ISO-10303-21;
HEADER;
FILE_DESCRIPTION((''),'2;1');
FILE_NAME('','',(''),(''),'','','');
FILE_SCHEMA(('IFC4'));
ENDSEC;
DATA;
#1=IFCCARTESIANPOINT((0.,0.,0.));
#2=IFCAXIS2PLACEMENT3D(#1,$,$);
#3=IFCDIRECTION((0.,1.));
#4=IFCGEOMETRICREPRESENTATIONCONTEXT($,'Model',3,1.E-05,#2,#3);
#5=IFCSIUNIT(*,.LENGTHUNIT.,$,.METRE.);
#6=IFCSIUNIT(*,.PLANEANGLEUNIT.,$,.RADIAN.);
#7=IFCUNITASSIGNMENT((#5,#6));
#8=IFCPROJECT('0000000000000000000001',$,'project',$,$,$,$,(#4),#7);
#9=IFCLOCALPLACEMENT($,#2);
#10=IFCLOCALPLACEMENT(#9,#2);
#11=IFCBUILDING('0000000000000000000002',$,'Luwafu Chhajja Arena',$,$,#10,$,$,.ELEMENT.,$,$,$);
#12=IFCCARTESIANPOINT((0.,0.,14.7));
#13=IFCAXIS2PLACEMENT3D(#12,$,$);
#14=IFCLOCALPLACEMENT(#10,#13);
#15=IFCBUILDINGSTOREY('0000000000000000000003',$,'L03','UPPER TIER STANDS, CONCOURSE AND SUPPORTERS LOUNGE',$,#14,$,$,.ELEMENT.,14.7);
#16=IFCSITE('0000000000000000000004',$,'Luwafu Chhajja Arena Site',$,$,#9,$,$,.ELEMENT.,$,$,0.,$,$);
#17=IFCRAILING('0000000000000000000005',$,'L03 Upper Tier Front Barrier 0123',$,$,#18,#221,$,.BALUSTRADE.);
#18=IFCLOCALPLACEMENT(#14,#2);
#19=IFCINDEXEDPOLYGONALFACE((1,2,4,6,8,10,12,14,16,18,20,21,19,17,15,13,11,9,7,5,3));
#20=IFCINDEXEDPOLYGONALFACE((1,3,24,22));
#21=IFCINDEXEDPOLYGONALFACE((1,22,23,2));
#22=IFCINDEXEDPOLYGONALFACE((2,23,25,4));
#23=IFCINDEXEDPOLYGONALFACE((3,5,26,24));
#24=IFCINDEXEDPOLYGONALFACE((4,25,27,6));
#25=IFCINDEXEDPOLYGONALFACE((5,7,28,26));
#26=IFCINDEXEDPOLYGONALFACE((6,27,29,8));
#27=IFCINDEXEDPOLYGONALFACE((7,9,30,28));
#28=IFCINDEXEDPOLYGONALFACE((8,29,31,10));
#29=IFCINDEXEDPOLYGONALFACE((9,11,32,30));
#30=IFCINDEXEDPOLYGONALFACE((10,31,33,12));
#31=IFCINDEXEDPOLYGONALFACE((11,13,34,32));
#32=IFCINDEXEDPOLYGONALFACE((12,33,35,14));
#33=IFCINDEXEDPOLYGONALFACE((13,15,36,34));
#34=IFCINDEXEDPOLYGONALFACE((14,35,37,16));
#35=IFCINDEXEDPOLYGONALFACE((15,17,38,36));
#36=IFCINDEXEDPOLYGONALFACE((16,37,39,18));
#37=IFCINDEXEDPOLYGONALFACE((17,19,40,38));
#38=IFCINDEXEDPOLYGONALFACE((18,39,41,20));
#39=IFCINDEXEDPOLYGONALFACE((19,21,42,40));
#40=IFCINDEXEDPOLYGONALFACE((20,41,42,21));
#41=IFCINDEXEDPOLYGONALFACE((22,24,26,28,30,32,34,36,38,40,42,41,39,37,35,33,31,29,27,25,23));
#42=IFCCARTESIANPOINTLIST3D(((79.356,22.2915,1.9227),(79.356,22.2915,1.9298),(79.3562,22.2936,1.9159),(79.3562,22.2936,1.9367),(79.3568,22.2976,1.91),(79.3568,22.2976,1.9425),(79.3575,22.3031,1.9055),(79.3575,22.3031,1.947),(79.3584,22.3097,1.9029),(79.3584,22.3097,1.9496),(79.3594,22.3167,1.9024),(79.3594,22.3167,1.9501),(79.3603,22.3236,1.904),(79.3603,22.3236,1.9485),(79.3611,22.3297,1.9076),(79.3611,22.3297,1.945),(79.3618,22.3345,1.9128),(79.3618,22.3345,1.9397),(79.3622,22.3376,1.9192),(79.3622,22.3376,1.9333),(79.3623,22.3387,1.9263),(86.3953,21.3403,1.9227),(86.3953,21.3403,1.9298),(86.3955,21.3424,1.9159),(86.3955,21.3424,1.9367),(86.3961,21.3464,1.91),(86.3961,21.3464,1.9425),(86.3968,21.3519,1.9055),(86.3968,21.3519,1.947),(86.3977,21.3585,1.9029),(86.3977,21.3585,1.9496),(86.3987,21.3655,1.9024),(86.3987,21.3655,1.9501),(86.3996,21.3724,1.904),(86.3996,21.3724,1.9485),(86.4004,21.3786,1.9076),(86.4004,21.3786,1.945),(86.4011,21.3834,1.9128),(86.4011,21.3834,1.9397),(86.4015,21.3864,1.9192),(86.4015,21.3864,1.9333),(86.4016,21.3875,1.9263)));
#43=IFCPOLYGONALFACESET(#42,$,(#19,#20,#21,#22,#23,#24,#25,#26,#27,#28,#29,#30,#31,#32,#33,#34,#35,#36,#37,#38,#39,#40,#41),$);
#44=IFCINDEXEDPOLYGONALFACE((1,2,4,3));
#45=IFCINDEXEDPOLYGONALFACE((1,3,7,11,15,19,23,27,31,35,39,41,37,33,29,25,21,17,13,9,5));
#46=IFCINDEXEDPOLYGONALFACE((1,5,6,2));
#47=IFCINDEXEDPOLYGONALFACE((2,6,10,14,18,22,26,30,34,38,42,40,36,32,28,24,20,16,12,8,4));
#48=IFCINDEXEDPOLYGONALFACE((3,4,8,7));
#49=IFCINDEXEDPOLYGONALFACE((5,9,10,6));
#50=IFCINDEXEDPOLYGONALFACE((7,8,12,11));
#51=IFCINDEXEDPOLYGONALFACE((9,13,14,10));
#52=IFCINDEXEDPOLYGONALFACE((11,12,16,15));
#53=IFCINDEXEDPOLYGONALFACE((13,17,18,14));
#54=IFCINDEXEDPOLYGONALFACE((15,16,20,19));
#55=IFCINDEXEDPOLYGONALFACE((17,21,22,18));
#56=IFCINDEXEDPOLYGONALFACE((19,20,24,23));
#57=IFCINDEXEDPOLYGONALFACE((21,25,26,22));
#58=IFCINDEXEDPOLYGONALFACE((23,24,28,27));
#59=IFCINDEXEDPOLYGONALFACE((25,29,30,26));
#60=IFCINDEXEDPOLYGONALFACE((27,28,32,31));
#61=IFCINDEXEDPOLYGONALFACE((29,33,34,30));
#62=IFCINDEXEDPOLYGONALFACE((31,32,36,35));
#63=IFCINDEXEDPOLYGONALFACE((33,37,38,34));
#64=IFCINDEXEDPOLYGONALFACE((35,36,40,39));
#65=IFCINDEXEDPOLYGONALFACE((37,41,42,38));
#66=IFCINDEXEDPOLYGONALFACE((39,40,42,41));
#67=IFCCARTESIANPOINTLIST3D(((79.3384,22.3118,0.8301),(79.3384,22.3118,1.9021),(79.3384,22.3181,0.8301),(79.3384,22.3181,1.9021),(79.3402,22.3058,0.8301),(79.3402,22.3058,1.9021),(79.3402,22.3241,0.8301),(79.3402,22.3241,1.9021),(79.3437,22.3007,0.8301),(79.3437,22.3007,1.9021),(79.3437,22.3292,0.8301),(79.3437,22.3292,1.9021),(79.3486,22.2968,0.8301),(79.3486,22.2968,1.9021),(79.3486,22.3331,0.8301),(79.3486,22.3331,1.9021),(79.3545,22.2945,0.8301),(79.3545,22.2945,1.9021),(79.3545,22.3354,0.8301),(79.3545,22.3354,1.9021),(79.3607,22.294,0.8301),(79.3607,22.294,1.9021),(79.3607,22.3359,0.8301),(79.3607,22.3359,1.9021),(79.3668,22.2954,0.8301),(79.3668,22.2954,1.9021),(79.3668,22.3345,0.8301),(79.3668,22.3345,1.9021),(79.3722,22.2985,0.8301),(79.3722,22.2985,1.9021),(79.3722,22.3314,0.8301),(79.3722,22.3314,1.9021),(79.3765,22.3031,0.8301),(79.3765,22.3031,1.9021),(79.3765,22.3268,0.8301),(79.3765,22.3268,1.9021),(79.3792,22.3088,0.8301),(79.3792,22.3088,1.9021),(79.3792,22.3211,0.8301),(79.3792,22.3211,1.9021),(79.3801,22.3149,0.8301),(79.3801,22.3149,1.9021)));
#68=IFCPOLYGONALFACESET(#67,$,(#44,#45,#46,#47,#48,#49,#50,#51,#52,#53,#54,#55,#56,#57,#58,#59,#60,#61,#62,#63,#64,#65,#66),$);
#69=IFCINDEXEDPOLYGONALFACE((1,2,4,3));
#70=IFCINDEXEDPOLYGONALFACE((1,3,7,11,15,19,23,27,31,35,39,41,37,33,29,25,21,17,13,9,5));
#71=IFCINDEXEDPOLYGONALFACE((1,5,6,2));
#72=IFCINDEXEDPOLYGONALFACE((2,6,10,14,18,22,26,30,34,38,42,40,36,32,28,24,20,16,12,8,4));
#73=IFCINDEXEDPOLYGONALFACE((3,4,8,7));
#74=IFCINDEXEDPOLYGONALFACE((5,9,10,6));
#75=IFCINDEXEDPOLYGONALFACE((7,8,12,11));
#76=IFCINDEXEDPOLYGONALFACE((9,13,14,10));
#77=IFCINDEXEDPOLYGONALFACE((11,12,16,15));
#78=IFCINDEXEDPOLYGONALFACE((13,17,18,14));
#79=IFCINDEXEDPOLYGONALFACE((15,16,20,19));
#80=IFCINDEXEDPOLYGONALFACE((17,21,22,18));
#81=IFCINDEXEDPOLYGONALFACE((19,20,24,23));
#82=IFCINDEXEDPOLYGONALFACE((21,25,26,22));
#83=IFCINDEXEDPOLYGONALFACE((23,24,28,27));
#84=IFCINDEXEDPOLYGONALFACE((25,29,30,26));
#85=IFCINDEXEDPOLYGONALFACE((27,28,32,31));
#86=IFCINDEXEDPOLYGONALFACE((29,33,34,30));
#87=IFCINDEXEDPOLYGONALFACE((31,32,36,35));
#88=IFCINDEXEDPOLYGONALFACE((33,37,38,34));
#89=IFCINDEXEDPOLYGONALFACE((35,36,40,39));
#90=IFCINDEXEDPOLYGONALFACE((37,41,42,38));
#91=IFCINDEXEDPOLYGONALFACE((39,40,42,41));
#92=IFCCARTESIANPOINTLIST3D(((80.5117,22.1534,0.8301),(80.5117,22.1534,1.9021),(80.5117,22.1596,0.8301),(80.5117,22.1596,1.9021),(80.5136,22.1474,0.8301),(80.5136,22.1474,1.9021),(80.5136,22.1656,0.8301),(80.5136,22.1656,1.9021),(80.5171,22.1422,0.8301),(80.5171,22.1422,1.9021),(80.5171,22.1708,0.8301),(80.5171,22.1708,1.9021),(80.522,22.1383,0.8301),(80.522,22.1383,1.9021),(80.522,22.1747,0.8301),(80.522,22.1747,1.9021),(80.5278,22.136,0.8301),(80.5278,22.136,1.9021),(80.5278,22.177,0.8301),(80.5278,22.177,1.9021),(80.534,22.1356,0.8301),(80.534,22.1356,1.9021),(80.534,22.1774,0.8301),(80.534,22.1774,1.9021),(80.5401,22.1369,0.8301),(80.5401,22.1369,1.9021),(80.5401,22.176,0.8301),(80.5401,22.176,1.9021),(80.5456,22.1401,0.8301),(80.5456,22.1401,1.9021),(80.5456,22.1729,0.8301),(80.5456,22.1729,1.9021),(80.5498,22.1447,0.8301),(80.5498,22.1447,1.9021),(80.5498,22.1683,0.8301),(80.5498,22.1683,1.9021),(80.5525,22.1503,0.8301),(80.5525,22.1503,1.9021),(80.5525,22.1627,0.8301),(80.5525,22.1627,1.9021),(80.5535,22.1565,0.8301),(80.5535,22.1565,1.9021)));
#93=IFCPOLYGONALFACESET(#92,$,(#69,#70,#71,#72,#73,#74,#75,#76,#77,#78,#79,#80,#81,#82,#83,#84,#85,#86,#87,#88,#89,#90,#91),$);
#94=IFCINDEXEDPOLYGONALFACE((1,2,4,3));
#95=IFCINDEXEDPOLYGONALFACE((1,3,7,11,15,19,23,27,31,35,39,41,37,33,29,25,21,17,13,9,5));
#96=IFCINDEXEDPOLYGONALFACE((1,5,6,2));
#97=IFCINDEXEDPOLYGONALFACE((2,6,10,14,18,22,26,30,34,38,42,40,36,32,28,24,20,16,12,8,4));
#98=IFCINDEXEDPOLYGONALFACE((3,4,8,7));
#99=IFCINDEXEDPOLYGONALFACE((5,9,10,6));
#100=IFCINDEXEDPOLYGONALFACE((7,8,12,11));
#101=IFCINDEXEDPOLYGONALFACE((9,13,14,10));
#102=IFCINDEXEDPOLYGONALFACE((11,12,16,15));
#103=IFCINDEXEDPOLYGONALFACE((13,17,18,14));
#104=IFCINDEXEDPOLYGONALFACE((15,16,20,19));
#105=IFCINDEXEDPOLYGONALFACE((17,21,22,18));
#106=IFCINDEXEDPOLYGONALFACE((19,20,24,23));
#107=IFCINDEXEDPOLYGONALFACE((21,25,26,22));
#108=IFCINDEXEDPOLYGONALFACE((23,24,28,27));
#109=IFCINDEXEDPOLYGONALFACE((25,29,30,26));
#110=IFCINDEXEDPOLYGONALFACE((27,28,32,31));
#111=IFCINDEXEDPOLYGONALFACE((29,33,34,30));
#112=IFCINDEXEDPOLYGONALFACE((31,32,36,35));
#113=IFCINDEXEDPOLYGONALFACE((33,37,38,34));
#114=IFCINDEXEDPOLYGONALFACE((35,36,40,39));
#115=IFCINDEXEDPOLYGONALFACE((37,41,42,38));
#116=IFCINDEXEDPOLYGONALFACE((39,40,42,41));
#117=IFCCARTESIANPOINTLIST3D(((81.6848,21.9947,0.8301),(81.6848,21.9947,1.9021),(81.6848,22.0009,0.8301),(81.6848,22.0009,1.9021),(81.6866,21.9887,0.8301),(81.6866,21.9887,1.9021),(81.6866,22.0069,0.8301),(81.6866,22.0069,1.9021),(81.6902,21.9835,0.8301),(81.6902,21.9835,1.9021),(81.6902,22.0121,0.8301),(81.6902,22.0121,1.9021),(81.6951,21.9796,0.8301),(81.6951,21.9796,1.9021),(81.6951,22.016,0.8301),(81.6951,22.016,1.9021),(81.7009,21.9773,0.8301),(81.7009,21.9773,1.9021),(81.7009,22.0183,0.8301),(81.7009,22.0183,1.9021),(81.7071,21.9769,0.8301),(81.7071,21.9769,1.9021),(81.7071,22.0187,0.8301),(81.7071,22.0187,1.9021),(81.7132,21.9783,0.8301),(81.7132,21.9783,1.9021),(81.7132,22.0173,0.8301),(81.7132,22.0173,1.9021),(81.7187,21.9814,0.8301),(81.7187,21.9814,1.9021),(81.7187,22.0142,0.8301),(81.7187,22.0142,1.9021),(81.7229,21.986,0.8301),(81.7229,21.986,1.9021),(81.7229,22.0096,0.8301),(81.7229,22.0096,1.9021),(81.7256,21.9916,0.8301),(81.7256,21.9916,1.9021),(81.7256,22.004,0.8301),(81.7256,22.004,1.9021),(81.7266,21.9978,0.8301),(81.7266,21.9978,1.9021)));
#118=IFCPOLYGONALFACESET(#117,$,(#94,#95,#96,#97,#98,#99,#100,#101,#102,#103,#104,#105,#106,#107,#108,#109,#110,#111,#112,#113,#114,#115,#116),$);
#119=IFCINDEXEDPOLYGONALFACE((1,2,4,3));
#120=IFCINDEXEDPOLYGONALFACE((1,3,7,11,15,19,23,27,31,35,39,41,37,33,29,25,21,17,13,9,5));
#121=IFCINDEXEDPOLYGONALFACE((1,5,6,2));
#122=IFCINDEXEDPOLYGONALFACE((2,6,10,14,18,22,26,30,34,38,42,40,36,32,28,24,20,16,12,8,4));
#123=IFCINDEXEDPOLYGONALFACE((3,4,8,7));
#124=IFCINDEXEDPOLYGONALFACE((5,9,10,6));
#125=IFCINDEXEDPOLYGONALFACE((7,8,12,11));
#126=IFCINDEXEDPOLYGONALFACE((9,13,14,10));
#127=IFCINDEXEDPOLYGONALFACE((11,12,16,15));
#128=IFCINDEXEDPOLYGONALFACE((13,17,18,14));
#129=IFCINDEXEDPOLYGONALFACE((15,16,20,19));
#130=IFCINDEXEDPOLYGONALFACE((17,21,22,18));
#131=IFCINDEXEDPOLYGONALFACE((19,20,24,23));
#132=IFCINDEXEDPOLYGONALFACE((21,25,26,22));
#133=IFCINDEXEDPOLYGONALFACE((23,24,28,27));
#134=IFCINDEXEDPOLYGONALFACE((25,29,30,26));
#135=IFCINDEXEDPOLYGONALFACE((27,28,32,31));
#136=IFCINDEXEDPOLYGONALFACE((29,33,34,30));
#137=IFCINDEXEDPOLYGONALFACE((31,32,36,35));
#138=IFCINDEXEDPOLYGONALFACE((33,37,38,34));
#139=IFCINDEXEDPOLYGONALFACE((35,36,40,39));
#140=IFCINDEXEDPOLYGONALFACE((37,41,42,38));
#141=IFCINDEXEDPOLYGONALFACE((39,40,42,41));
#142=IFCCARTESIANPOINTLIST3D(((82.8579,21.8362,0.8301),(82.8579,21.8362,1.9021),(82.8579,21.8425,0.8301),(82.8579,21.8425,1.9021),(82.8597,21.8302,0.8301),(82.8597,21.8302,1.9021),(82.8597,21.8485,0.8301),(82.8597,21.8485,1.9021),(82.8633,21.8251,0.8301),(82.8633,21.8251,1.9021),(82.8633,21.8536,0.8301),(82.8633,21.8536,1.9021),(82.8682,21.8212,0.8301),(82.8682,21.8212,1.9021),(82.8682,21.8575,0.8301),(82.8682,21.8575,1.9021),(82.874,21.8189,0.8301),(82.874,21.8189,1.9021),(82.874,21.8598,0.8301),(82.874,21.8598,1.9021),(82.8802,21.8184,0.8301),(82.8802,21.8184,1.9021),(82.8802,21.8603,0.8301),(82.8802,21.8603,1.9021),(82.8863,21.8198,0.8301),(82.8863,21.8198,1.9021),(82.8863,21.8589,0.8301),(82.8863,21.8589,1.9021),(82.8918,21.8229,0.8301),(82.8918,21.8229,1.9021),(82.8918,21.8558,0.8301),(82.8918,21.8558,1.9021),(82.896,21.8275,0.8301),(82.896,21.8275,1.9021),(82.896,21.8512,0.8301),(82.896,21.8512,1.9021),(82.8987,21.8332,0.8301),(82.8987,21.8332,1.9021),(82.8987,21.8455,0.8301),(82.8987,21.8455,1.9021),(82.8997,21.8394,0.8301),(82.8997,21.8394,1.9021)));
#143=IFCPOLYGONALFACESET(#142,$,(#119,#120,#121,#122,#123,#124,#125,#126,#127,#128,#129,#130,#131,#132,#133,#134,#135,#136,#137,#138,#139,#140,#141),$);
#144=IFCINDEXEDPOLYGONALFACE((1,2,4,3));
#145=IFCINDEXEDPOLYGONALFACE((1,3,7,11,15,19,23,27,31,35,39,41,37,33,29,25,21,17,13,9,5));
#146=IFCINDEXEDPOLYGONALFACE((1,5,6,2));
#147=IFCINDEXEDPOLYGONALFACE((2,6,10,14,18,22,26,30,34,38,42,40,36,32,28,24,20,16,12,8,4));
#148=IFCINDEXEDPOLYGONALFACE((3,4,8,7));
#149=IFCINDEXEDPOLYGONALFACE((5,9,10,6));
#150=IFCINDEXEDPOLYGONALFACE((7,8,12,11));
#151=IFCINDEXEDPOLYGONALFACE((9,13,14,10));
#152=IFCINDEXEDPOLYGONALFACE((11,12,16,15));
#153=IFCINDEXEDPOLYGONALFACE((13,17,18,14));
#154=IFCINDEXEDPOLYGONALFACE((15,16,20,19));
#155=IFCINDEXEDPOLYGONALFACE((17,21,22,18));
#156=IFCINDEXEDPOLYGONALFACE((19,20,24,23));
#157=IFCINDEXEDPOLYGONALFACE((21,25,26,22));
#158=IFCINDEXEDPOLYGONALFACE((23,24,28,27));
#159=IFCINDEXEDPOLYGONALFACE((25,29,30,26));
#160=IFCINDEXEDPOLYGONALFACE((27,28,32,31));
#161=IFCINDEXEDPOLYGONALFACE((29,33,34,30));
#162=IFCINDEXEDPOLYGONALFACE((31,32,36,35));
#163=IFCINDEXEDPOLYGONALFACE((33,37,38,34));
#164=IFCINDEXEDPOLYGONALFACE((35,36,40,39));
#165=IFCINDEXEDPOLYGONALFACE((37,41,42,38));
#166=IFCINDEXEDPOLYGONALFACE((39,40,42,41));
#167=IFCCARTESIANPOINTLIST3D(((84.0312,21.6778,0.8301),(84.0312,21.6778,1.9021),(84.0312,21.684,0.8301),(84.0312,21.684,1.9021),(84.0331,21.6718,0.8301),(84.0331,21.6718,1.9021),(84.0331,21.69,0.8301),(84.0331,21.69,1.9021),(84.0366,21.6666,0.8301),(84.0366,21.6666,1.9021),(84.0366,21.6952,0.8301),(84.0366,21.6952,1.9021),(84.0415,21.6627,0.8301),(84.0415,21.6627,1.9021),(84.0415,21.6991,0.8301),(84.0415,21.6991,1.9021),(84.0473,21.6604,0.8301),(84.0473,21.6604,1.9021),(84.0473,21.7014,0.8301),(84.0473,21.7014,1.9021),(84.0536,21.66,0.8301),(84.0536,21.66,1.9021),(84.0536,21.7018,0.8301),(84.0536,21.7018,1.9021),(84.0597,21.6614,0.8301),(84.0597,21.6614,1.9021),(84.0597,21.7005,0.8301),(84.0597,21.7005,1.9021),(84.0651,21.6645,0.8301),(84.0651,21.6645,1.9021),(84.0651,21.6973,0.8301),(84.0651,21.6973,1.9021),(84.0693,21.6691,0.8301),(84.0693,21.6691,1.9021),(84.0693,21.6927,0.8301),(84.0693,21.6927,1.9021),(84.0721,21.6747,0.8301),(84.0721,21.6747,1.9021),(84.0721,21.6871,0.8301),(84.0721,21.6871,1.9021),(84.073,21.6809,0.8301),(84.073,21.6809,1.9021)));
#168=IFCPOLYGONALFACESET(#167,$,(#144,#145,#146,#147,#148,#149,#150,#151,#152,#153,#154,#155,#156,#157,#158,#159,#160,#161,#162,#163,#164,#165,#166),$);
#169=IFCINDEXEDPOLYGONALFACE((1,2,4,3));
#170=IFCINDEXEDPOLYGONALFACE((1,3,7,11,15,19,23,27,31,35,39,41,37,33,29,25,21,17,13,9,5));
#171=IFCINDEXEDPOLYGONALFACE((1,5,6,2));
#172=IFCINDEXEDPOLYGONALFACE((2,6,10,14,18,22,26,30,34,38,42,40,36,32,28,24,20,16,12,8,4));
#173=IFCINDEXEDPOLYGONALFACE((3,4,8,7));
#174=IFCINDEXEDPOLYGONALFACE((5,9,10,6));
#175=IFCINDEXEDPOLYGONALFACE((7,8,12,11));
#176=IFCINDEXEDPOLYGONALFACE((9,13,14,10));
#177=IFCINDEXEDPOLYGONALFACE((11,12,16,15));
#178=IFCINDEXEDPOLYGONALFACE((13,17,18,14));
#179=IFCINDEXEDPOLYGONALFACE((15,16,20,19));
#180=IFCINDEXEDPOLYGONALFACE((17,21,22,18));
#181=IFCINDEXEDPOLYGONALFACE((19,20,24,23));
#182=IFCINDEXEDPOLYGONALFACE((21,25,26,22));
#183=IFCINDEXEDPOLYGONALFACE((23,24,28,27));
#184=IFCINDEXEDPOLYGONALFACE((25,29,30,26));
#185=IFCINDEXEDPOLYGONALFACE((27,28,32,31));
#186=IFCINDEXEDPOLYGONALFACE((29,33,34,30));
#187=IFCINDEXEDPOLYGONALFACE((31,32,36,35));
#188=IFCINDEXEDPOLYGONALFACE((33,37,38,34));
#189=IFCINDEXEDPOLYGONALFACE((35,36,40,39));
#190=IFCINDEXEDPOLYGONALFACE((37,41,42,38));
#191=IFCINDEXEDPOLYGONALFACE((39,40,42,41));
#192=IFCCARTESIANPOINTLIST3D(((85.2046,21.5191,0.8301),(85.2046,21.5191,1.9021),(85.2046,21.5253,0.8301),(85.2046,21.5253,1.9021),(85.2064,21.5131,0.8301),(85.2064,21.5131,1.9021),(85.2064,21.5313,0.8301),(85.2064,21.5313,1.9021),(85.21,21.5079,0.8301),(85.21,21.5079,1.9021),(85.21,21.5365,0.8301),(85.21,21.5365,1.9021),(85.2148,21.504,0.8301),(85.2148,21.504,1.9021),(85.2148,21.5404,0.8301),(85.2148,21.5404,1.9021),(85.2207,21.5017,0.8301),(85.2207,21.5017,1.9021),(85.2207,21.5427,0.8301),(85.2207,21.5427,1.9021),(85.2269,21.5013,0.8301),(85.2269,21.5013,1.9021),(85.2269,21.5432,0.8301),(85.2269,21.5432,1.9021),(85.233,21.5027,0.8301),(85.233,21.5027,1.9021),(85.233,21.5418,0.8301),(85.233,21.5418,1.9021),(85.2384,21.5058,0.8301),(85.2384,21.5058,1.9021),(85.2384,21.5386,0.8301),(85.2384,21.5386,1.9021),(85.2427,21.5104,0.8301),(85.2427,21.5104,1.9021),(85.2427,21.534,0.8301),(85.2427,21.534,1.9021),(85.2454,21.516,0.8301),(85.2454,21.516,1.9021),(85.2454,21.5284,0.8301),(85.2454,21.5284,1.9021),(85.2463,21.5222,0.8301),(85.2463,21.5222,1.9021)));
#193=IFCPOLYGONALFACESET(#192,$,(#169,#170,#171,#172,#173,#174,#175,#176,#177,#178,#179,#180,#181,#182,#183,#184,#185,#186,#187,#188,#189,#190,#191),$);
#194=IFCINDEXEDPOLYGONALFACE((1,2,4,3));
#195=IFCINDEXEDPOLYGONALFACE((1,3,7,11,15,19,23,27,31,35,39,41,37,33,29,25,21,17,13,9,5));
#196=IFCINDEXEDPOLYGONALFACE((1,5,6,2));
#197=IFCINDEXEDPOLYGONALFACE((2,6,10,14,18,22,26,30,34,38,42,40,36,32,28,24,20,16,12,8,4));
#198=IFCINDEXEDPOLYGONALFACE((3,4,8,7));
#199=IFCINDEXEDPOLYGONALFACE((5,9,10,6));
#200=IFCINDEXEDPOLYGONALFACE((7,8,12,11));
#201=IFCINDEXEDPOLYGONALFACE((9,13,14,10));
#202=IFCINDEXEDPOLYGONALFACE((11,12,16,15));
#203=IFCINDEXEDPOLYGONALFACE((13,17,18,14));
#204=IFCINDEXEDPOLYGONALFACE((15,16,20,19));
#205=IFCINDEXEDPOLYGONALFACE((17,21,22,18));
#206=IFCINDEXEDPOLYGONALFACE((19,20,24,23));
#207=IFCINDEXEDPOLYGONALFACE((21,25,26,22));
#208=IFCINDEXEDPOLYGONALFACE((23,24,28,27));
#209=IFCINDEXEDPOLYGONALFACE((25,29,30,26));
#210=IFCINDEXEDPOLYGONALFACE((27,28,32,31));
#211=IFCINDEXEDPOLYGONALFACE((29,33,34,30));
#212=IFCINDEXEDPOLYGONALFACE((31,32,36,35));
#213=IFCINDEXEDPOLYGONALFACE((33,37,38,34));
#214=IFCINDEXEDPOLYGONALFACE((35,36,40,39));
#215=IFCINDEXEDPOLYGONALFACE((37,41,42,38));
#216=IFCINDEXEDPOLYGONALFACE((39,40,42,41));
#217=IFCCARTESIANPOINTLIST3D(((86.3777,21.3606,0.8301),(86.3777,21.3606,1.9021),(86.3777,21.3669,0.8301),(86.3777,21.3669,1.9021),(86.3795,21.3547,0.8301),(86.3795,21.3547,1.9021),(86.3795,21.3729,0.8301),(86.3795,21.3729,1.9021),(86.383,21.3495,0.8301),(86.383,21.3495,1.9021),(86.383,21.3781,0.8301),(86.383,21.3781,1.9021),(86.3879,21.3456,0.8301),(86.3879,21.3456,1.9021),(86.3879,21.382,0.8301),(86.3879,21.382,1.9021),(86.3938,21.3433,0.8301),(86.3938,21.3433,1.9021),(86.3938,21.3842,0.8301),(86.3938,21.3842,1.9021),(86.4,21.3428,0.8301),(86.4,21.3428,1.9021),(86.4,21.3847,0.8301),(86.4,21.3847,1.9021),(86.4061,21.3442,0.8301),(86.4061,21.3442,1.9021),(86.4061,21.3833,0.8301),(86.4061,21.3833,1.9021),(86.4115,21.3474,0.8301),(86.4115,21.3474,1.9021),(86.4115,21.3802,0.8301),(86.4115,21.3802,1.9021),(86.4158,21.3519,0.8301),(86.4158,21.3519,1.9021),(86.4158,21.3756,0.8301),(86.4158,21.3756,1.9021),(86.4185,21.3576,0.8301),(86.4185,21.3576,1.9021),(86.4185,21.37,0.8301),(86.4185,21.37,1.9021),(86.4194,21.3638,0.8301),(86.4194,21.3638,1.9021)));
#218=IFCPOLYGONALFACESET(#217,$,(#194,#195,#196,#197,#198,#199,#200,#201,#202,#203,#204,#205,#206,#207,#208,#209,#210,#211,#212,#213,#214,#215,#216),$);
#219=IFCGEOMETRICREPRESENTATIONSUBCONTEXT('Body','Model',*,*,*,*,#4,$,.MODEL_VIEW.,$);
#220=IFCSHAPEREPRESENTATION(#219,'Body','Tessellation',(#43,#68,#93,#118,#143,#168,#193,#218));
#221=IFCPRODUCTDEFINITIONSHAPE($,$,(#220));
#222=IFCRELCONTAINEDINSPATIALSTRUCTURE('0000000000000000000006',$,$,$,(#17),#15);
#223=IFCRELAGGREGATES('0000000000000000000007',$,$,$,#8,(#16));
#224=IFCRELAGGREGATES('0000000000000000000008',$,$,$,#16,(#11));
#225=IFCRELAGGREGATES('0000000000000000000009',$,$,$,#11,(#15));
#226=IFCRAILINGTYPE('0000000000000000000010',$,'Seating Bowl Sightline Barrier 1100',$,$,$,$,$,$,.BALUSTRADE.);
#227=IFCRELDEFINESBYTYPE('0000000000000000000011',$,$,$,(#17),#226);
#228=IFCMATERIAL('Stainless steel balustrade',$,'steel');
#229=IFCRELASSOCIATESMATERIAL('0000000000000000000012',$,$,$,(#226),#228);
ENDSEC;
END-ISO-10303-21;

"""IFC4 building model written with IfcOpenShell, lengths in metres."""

from ifc_helpers import new_model, si_unit, direction, frame, origin, origin_2d, place, context, subcontext, project, spatial, circle, extrude, material, type_object, element, save


model = new_model("IFC4")

# Units and contexts
model_context = context("Model", 3, precision=1e-05, world=origin(), true_north=direction((0.0, 1.0)))
body_context = subcontext(model_context, "Body", "Model", "MODEL_VIEW")
ifc_project = project(units=[si_unit("LENGTHUNIT", "METRE"), si_unit("PLANEANGLEUNIT", "RADIAN")], contexts=[model_context])

# Site, building, storey
site_placement = place(None, origin())
site = spatial("IfcSite", under=ifc_project, at=site_placement, Name="Luwafu Chhajja Arena Site", CompositionType="ELEMENT", RefElevation=0.0)
building_placement = place(site_placement, origin())
building = spatial("IfcBuilding", under=site, at=building_placement, Name="Luwafu Chhajja Arena", CompositionType="ELEMENT")
storey_placement = place(building_placement, frame((0.0, 0.0, 14.7)))
storey = spatial("IfcBuildingStorey", under=building, at=storey_placement, Name="L03", Description="UPPER TIER STANDS, CONCOURSE AND SUPPORTERS LOUNGE", CompositionType="ELEMENT", Elevation=14.7)

# Railing
ifc_material_1 = material(Name="Stainless steel balustrade", Category="steel")
railing_type = type_object("IfcRailingType", Name="Seating Bowl Sightline Barrier 1100", PredefinedType="BALUSTRADE", material=ifc_material_1)
railing_1_placement = place(storey_placement, frame((79.3591, 22.3149, 0.8301)))
element("IfcRailing", 1, at=railing_1_placement, inside=storey, type_object=railing_type, Name="L03 Upper Tier Front Barrier 0123", PredefinedType="BALUSTRADE", context=body_context, shape_type="SweptSolid", body=[
    extrude(circle(Radius=0.0239, at=origin_2d()), frame((0.0, 0.0, 1.0962), z_axis=(0.990994, -0.133906, 0.0), x_axis=(0.133906, 0.990994, 0.0)), (0.0, 0.0, 1.0), 7.1033),
    extrude(circle(Radius=0.021, at=origin_2d()), origin(), (0.0, 0.0, 1.0), 1.072),
    extrude(circle(Radius=0.021, at=origin_2d()), frame((1.1733, -0.1584, 0.0)), (0.0, 0.0, 1.0), 1.072),
    extrude(circle(Radius=0.021, at=origin_2d()), frame((2.3464, -0.3171, 0.0)), (0.0, 0.0, 1.0), 1.072),
    extrude(circle(Radius=0.021, at=origin_2d()), frame((3.5195, -0.4756, 0.0)), (0.0, 0.0, 1.0), 1.072),
    extrude(circle(Radius=0.021, at=origin_2d()), frame((4.6929, -0.634, 0.0)), (0.0, 0.0, 1.0), 1.072),
    extrude(circle(Radius=0.021, at=origin_2d()), frame((5.8662, -0.7927, 0.0)), (0.0, 0.0, 1.0), 1.072),
    extrude(circle(Radius=0.021, at=origin_2d()), frame((7.0393, -0.9512, 0.0)), (0.0, 0.0, 1.0), 1.072),
])

save(model, "model.ifc")
